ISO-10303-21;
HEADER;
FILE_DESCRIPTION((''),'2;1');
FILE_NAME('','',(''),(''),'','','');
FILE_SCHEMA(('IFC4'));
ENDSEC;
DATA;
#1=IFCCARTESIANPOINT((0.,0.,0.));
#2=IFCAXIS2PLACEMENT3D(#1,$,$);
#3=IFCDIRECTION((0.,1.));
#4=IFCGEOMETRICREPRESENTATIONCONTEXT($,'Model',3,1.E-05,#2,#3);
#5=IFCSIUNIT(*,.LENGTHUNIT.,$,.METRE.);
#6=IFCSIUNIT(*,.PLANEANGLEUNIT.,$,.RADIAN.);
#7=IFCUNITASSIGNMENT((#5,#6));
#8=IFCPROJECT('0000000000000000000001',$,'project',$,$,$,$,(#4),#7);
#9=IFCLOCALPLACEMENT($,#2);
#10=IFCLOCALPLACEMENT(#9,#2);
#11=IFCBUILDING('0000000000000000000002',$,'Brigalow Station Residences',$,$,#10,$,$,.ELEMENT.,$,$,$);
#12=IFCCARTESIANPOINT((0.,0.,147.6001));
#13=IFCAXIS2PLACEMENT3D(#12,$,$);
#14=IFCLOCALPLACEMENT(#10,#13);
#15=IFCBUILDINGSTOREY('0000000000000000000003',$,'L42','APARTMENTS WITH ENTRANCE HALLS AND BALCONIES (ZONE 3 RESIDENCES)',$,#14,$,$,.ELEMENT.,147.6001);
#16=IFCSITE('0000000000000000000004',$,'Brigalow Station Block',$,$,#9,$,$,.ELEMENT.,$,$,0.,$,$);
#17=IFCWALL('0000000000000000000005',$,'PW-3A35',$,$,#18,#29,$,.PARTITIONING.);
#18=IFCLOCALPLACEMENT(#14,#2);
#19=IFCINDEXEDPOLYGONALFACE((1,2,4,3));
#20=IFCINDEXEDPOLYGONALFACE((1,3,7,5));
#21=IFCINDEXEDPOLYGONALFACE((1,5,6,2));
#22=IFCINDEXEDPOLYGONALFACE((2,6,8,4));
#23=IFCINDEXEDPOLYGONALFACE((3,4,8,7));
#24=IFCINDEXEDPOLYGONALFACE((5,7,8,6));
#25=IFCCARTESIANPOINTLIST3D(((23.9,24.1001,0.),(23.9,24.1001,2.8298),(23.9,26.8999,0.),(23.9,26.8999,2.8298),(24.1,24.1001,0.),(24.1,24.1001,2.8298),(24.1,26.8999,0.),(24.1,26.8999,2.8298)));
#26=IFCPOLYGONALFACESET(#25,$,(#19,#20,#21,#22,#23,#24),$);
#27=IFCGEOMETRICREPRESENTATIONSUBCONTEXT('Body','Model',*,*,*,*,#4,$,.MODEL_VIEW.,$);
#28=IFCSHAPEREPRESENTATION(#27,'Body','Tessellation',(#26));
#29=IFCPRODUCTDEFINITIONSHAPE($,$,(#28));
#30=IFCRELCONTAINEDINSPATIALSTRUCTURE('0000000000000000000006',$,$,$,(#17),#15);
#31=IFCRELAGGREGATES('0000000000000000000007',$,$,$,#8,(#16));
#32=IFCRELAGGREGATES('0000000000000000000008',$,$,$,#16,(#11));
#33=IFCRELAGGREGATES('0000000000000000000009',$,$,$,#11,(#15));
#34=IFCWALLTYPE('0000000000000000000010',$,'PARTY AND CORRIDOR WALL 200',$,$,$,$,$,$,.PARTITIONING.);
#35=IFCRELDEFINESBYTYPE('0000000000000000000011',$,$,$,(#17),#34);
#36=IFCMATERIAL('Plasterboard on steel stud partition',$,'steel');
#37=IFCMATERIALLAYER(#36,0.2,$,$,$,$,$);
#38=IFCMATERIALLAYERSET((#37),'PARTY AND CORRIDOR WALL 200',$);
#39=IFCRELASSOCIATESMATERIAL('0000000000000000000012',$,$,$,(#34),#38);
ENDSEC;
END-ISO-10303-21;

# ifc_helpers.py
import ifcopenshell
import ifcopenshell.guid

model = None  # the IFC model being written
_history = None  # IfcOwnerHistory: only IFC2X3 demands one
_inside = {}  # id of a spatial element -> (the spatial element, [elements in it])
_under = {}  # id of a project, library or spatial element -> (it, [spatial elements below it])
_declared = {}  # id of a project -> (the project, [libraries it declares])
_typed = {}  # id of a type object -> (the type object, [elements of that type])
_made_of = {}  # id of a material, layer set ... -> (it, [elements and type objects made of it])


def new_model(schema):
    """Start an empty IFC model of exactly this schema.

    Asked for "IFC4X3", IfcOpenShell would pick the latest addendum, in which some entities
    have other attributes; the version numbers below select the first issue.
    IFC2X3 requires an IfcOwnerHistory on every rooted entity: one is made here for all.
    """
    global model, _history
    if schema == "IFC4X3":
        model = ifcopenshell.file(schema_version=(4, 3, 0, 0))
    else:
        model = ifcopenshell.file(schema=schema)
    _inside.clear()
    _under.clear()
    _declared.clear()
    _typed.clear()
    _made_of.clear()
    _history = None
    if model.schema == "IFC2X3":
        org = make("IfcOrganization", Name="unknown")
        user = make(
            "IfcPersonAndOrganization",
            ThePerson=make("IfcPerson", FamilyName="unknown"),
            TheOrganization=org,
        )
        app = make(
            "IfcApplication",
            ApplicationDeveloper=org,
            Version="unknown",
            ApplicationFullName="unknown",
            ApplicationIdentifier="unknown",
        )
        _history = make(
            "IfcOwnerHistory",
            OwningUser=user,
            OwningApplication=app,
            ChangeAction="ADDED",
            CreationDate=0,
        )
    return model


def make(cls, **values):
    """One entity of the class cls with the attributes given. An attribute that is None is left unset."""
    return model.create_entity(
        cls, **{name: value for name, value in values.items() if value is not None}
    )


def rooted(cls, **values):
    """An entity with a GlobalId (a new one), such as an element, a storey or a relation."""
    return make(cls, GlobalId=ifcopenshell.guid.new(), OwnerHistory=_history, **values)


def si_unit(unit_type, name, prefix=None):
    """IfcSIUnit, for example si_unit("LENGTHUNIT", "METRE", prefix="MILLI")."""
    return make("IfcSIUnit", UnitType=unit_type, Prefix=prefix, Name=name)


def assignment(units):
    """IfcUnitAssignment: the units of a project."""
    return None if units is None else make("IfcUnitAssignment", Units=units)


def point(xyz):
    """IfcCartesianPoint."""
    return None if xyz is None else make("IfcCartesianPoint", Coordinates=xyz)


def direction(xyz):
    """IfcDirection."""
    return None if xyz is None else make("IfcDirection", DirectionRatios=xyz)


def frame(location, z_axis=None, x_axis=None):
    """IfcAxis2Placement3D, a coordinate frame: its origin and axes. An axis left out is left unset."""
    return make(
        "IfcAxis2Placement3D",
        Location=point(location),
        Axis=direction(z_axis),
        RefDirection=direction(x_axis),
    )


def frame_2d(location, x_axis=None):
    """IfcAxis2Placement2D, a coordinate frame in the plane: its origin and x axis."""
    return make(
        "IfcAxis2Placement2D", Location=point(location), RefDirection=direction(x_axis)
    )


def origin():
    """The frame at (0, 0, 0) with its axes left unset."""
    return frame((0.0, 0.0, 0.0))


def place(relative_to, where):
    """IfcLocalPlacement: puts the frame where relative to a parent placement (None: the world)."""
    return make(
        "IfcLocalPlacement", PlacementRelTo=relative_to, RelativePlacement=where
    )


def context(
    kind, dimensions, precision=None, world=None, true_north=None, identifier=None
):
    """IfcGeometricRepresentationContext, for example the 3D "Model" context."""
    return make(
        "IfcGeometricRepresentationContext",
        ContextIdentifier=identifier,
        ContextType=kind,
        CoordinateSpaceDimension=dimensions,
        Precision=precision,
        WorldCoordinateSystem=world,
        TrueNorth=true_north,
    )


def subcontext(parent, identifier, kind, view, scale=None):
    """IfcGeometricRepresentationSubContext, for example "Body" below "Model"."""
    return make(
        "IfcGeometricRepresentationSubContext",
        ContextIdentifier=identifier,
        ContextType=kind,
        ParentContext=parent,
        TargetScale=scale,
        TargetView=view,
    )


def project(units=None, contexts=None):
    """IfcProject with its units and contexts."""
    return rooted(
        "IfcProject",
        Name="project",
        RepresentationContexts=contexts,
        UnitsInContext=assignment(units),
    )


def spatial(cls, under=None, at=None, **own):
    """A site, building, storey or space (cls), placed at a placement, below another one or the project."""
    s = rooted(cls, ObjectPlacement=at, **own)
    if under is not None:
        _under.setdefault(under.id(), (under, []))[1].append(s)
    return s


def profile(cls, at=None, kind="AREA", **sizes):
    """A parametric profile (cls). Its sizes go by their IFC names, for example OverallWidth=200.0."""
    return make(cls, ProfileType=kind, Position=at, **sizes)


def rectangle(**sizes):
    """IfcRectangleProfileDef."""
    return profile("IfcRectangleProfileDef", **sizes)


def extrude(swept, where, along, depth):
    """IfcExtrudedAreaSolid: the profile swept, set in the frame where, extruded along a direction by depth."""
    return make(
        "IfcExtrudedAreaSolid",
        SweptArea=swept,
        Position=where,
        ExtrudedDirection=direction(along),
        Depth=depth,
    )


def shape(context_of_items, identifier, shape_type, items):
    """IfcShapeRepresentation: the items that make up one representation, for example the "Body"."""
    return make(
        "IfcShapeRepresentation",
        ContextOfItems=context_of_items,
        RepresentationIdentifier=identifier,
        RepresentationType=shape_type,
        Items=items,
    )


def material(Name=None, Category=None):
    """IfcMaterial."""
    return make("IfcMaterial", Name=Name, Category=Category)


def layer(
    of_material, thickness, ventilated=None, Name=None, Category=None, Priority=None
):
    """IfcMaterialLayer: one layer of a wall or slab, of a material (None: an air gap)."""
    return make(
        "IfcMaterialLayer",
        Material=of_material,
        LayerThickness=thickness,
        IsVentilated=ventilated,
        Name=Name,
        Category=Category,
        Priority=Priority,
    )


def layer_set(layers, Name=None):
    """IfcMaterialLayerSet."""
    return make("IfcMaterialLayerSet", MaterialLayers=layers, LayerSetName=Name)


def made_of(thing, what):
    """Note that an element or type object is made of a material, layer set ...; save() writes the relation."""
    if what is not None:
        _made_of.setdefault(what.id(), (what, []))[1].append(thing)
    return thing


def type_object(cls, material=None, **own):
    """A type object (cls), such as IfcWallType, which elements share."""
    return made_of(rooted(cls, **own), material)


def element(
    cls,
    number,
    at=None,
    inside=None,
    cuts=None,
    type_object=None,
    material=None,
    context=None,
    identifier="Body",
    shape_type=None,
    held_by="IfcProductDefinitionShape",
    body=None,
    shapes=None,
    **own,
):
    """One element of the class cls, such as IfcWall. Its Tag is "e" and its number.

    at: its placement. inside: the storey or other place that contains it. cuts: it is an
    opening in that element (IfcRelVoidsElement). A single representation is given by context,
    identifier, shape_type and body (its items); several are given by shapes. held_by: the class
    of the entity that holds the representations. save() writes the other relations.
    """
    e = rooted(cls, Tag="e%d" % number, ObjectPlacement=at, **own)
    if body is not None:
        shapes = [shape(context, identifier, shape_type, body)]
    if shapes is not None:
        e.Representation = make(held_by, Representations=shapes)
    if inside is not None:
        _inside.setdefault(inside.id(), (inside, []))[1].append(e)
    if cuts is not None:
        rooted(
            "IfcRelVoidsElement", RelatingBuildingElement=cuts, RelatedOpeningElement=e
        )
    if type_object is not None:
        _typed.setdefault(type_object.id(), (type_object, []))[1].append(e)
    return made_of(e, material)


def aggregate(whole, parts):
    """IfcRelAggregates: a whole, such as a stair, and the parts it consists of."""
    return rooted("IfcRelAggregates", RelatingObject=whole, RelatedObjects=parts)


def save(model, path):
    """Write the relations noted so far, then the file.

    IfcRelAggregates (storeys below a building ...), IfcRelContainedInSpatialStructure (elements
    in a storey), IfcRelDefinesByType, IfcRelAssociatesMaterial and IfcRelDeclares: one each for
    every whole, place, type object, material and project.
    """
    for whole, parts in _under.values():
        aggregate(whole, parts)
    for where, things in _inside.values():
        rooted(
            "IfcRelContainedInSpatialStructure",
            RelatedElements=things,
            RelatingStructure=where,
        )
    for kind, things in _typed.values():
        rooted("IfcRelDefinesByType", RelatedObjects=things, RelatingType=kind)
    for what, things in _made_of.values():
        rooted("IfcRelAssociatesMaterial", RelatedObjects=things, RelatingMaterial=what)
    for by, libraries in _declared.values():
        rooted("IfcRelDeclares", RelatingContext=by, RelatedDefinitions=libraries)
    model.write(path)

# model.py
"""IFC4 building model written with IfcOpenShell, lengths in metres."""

from ifc_helpers import new_model, si_unit, direction, frame, frame_2d, origin, place, context, subcontext, project, spatial, rectangle, extrude, material, layer, layer_set, type_object, element, save


model = new_model("IFC4")

# Units and contexts
model_context = context("Model", 3, precision=1e-05, world=origin(), true_north=direction((0.0, 1.0)))
body_context = subcontext(model_context, "Body", "Model", "MODEL_VIEW")
ifc_project = project(units=[si_unit("LENGTHUNIT", "METRE"), si_unit("PLANEANGLEUNIT", "RADIAN")], contexts=[model_context])

# Site, building, storey
site_placement = place(None, origin())
site = spatial("IfcSite", under=ifc_project, at=site_placement, Name="Brigalow Station Block", CompositionType="ELEMENT", RefElevation=0.0)
building_placement = place(site_placement, origin())
building = spatial("IfcBuilding", under=site, at=building_placement, Name="Brigalow Station Residences", CompositionType="ELEMENT")
storey_placement = place(building_placement, frame((0.0, 0.0, 147.6001)))
storey = spatial("IfcBuildingStorey", under=building, at=storey_placement, Name="L42", Description="APARTMENTS WITH ENTRANCE HALLS AND BALCONIES (ZONE 3 RESIDENCES)", CompositionType="ELEMENT", Elevation=147.6001)

# Wall
ifc_material_1 = material(Name="Plasterboard on steel stud partition", Category="steel")
ifc_layer_1 = layer(ifc_material_1, 0.2)
ifc_layer_set_1 = layer_set([ifc_layer_1], Name="PARTY AND CORRIDOR WALL 200")
wall_type_1 = type_object("IfcWallType", Name="PARTY AND CORRIDOR WALL 200", PredefinedType="PARTITIONING", material=ifc_layer_set_1)
wall_1_placement = place(storey_placement, frame((24.0, 24.1001, 0.0), z_axis=(0.0, 0.0, 1.0), x_axis=(0.0, 1.0, 0.0)))
element("IfcWall", 1, at=wall_1_placement, inside=storey, type_object=wall_type_1, Name="PW-3A35", PredefinedType="PARTITIONING", context=body_context, shape_type="SweptSolid", body=[
    extrude(rectangle(XDim=2.7998, YDim=0.2, at=frame_2d((1.3999, 0.0))), origin(), (0.0, 0.0, 1.0), 2.8298),
])

save(model, "model.ifc")
